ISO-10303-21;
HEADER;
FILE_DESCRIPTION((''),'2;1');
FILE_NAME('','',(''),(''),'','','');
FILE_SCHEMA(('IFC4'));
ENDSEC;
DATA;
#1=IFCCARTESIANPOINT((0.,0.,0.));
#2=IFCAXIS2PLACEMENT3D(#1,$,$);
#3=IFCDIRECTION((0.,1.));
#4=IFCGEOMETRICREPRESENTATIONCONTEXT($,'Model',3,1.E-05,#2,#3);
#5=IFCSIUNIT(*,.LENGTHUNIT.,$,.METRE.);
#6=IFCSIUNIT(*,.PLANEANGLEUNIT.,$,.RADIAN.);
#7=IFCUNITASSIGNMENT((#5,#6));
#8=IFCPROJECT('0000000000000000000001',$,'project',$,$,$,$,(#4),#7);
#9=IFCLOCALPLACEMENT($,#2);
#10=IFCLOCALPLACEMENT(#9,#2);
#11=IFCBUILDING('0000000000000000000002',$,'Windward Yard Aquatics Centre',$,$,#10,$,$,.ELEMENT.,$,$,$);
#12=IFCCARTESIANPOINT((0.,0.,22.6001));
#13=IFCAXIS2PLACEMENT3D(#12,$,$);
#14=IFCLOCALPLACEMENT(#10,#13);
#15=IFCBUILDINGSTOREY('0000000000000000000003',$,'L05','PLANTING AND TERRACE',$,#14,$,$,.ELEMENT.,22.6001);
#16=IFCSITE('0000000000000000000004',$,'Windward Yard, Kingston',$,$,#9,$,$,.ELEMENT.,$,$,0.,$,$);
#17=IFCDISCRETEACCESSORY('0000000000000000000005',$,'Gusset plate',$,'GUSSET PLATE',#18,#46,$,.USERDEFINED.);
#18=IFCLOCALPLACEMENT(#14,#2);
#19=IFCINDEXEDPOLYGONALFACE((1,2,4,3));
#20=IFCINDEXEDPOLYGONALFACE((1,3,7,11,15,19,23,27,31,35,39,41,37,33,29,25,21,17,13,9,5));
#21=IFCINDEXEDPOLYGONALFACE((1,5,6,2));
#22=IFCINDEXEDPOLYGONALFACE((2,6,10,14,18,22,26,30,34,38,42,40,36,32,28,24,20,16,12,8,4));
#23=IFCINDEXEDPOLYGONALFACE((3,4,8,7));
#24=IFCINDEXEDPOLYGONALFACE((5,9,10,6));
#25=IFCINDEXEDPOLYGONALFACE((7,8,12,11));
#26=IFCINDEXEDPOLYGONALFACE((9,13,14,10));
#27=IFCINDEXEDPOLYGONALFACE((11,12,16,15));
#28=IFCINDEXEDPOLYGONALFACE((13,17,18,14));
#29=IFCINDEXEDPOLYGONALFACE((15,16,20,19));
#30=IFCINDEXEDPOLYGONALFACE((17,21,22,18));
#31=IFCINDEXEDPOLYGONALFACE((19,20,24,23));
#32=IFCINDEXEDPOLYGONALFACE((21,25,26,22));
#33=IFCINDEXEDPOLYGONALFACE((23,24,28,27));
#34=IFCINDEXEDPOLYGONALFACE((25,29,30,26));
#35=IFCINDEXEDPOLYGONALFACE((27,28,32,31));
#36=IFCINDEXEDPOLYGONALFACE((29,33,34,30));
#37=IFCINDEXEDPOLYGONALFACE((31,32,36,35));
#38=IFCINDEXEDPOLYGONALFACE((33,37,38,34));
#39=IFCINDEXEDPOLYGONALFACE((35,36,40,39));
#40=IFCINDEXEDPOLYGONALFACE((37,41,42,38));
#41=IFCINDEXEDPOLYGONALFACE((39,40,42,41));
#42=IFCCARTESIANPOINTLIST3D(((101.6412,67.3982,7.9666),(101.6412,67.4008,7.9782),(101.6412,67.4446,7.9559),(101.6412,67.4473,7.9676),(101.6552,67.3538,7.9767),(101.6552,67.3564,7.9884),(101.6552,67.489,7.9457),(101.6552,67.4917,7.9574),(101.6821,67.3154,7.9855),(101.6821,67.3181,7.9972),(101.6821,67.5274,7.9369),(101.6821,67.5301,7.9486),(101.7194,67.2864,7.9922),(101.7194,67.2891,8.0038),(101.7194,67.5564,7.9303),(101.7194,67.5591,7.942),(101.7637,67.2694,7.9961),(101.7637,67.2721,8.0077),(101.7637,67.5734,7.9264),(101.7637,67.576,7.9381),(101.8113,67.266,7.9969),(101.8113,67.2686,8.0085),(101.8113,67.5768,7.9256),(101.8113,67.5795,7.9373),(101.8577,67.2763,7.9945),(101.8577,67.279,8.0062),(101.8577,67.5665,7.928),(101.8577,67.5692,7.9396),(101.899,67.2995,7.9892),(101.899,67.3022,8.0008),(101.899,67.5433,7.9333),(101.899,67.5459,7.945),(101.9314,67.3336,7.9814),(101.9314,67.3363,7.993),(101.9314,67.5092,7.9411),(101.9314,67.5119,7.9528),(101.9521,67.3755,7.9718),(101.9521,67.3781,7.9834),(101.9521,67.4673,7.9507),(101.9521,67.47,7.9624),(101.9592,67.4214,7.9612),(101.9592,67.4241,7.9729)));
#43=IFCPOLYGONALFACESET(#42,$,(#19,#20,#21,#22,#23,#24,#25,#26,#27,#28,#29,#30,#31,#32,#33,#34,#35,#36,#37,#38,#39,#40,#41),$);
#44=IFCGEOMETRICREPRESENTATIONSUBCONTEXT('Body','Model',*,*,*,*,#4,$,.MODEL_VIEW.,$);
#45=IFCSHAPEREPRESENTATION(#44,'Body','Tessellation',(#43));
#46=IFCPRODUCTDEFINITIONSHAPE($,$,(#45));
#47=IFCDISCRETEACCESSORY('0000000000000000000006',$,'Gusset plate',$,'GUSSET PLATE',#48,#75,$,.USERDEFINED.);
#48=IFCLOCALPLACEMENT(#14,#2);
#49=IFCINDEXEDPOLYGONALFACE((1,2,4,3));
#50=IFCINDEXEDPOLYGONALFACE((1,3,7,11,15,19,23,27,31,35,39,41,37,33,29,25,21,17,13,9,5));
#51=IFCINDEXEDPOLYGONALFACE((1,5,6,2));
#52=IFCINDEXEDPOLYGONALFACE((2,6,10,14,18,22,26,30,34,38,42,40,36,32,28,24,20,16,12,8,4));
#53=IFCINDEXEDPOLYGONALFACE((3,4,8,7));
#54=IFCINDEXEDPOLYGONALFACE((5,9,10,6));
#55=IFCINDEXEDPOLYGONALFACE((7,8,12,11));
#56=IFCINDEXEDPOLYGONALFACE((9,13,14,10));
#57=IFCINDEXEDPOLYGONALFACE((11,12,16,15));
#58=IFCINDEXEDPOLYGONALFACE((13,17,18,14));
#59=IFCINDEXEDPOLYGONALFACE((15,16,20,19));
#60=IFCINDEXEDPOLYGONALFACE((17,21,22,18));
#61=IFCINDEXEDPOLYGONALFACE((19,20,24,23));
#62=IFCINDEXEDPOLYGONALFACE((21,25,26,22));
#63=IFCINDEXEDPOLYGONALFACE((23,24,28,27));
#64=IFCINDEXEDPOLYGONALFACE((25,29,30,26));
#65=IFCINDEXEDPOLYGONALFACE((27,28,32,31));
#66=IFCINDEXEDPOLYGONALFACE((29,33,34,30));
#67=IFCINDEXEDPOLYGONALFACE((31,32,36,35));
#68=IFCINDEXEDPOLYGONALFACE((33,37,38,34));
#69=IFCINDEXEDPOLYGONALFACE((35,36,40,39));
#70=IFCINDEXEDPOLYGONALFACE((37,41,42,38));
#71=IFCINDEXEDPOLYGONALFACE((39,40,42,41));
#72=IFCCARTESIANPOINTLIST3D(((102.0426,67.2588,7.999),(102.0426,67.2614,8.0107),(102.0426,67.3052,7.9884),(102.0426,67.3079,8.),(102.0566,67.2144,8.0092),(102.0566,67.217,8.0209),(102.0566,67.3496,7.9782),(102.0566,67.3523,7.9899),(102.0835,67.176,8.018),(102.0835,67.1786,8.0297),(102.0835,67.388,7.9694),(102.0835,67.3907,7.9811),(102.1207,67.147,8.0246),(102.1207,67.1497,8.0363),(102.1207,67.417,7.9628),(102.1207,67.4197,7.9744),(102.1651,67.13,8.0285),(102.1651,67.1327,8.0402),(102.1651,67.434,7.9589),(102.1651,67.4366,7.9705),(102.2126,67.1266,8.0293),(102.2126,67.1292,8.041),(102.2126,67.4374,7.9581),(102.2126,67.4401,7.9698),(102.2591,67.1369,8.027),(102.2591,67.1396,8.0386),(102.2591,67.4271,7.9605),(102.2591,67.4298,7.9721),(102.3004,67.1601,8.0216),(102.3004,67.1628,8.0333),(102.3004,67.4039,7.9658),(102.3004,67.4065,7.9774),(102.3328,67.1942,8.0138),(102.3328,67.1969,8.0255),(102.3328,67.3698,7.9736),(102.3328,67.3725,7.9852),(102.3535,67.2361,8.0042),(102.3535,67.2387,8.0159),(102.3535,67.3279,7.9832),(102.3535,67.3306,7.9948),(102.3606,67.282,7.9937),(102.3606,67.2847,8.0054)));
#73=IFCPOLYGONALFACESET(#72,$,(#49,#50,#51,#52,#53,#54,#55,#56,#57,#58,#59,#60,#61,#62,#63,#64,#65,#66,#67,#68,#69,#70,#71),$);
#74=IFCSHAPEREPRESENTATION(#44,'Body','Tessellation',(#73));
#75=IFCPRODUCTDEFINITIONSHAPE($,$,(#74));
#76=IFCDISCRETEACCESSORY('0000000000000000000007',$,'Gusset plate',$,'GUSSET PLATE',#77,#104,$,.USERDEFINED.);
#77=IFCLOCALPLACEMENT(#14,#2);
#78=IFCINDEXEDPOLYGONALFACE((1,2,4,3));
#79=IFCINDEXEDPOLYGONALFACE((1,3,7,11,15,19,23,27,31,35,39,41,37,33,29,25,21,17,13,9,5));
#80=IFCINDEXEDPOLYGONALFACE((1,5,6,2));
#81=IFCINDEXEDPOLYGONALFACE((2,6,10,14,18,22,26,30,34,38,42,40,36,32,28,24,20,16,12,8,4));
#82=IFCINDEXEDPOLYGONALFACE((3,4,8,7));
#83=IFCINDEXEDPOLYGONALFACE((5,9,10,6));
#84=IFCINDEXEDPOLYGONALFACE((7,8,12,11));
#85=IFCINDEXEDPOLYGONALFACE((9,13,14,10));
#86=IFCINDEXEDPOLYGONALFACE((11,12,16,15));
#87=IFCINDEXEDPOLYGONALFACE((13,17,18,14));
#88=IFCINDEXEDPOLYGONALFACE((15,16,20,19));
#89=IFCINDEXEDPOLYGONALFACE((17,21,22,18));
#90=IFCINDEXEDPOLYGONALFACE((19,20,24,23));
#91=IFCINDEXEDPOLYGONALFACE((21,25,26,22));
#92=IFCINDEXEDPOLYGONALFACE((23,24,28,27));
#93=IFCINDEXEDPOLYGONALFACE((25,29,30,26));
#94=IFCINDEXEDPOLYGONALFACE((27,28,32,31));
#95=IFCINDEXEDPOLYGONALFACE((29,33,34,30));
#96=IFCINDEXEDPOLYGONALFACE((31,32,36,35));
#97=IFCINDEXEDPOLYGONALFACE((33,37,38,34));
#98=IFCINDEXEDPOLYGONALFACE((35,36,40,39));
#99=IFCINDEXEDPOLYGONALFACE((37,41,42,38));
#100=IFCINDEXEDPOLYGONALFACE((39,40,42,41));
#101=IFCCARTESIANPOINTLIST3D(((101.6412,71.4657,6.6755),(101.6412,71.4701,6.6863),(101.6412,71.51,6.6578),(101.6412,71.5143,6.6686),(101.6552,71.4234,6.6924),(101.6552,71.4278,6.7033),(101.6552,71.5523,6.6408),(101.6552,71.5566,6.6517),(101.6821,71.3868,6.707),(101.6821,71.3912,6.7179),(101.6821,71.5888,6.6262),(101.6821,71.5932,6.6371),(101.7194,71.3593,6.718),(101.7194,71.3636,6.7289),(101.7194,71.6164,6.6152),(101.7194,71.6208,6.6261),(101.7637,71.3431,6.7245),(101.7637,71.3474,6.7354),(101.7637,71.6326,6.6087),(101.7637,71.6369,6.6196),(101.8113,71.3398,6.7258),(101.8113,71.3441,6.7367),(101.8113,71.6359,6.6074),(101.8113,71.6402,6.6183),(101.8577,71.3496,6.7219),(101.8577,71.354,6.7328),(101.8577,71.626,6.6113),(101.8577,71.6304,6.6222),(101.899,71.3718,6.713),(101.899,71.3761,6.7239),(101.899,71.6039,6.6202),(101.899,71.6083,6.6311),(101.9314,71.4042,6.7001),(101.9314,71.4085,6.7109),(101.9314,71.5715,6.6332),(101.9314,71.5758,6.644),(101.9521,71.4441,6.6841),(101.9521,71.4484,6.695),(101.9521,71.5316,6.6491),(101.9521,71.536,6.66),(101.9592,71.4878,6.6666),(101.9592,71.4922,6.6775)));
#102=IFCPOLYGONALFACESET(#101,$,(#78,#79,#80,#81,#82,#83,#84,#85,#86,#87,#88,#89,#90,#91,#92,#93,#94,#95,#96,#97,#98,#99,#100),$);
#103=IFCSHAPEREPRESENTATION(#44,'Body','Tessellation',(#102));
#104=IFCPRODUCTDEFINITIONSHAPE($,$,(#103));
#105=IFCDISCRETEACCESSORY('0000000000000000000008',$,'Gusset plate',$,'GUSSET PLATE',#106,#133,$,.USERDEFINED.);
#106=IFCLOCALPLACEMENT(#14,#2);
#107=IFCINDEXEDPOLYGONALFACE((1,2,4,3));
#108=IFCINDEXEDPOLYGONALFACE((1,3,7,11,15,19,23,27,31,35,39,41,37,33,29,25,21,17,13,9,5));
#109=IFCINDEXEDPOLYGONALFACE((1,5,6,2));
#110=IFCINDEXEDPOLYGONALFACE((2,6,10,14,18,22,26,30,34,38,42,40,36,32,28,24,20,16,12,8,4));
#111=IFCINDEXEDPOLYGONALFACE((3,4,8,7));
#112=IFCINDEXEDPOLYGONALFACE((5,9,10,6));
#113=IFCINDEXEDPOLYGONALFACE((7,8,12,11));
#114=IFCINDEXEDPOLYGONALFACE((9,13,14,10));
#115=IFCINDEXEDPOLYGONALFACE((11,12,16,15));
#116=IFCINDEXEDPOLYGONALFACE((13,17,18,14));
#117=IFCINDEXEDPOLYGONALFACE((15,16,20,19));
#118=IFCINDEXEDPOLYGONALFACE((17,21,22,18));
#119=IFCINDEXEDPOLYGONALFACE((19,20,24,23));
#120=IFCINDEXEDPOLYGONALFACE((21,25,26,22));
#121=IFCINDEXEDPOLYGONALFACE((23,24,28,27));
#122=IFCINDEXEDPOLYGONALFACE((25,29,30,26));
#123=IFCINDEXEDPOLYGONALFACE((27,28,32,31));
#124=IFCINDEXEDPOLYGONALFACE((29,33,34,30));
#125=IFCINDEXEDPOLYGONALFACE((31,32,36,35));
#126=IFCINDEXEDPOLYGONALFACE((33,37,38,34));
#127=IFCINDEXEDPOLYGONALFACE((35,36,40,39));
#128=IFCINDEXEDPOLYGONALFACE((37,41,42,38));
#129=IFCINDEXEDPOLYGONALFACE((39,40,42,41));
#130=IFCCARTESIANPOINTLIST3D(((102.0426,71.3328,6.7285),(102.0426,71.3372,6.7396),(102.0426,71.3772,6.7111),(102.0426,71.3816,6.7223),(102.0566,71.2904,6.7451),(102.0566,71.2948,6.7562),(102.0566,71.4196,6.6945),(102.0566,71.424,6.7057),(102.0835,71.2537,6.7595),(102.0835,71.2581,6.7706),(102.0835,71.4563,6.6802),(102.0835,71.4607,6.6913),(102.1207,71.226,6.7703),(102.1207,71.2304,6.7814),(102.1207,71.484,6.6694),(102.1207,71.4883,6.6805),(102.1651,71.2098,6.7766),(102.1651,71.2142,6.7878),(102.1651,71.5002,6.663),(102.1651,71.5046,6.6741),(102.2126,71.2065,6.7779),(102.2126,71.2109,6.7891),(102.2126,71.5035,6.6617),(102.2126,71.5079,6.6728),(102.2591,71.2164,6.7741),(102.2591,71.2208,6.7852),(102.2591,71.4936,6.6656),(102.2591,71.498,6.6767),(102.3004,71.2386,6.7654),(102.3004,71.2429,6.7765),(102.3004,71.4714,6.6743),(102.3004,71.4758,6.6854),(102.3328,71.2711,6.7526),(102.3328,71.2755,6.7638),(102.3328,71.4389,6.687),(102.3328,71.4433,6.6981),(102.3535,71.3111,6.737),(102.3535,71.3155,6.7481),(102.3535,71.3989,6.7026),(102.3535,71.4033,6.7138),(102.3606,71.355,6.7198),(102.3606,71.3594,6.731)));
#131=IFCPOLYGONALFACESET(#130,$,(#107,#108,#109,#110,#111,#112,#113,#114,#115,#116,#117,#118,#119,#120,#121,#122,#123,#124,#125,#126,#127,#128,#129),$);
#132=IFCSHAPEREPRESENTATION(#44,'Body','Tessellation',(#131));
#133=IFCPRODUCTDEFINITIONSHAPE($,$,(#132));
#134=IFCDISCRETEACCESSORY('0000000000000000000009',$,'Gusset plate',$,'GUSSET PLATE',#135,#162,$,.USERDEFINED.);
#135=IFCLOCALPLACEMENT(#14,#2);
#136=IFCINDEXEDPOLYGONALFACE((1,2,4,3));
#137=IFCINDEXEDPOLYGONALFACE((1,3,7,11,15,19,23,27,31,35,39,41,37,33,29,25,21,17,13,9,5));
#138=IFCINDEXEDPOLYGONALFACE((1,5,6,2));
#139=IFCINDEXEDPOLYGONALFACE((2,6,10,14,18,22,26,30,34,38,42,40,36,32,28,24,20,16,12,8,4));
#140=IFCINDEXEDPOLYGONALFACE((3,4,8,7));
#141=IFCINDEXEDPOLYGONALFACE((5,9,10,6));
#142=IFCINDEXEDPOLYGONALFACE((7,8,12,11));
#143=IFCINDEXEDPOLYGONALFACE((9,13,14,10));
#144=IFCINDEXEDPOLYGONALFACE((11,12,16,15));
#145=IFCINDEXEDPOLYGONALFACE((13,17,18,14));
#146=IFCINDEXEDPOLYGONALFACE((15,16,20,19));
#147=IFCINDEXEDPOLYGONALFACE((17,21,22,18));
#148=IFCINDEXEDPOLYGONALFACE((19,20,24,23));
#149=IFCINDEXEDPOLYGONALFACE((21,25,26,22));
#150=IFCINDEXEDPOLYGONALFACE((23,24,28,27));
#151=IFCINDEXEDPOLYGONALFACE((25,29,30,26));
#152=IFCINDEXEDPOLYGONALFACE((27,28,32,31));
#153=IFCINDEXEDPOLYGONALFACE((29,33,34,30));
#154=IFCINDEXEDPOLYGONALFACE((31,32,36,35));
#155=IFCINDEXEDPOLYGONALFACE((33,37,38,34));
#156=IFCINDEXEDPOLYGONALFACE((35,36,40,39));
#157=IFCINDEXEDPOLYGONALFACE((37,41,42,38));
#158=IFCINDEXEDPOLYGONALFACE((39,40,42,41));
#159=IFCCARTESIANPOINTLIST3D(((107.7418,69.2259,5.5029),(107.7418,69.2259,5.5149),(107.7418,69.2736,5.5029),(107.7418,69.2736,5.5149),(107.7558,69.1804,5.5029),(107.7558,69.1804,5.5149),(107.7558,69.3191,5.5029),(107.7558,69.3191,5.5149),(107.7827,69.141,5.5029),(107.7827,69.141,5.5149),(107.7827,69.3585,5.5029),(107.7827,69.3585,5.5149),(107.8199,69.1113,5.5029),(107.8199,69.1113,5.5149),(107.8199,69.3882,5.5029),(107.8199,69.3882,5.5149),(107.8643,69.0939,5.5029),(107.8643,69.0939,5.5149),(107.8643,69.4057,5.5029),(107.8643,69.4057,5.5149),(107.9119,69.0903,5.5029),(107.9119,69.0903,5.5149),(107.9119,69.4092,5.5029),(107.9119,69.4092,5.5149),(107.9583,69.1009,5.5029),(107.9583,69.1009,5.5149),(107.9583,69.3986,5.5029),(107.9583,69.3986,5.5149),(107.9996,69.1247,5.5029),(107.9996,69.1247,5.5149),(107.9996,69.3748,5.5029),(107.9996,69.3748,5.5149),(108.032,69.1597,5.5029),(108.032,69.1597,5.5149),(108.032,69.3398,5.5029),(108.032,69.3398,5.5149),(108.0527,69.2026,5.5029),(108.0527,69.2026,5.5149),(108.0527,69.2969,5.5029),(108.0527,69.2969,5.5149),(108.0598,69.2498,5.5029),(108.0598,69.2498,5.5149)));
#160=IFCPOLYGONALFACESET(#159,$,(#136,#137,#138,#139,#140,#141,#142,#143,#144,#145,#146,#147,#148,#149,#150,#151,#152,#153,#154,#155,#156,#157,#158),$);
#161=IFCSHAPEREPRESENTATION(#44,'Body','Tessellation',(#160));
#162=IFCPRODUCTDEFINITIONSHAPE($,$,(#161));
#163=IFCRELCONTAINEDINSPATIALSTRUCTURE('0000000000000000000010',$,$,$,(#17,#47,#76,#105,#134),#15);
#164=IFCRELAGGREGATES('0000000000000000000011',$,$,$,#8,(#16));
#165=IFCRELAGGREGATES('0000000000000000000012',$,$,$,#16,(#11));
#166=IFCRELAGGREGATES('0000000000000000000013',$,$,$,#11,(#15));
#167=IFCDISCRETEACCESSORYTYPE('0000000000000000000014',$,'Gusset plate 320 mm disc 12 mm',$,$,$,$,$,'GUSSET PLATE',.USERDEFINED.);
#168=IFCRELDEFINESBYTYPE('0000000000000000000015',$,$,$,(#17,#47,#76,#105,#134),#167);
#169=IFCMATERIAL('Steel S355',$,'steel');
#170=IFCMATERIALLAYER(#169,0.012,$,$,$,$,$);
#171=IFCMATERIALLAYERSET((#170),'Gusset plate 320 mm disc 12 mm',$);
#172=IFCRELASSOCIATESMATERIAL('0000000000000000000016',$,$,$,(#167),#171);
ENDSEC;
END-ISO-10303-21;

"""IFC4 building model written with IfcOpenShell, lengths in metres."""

from ifc_helpers import new_model, si_unit, direction, frame, origin, origin_2d, place, context, subcontext, project, spatial, circle, extrude, material, layer, layer_set, type_object, element, save


model = new_model("IFC4")

# Units and contexts
model_context = context("Model", 3, precision=1e-05, world=origin(), true_north=direction((0.0, 1.0)))
body_context = subcontext(model_context, "Body", "Model", "MODEL_VIEW")
ifc_project = project(units=[si_unit("LENGTHUNIT", "METRE"), si_unit("PLANEANGLEUNIT", "RADIAN")], contexts=[model_context])

# Site, building, storey
site_placement = place(None, origin())
site = spatial("IfcSite", under=ifc_project, at=site_placement, Name="Windward Yard, Kingston", CompositionType="ELEMENT", RefElevation=0.0)
building_placement = place(site_placement, origin())
building = spatial("IfcBuilding", under=site, at=building_placement, Name="Windward Yard Aquatics Centre", CompositionType="ELEMENT")
storey_placement = place(building_placement, frame((0.0, 0.0, 22.6001)))
storey = spatial("IfcBuildingStorey", under=building, at=storey_placement, Name="L05", Description="PLANTING AND TERRACE", CompositionType="ELEMENT", Elevation=22.6001)

# Discrete accessories
ifc_material_1 = material(Name="Steel S355", Category="steel")
ifc_layer_1 = layer(ifc_material_1, 0.012)
ifc_layer_set_1 = layer_set([ifc_layer_1], Name="Gusset plate 320 mm disc 12 mm")
discrete_accessory_type_1 = type_object("IfcDiscreteAccessoryType", Name="Gusset plate 320 mm disc 12 mm", ElementType="GUSSET PLATE", PredefinedType="USERDEFINED", material=ifc_layer_set_1)
for number, where, z_axis, x_axis, name in (
    (1, (101.7993, 67.4241, 7.9729), (0.0, -0.223376, -0.974732), (1.0, 0.0, 0.0), "Gusset plate"),
    (2, (102.2007, 67.2847, 8.0054), (0.0, -0.223376, -0.974732), (1.0, 0.0, 0.0), "Gusset plate"),
):
    element("IfcDiscreteAccessory", number, at=place(storey_placement, frame(where, z_axis=z_axis, x_axis=x_axis)), inside=storey, type_object=discrete_accessory_type_1, Name=name, ObjectType="GUSSET PLATE", PredefinedType="USERDEFINED", context=body_context, shape_type="SweptSolid", body=[
        extrude(circle(Radius=0.1599, at=origin_2d()), origin(), (0.0, 0.0, 1.0), 0.012),
    ])
discrete_accessory_1_placement = place(storey_placement, frame((101.7993, 71.4922, 6.6775), z_axis=(0.0, -0.371391, -0.928477), x_axis=(1.0, 0.0, 0.0)))
element("IfcDiscreteAccessory", 3, at=discrete_accessory_1_placement, inside=storey, type_object=discrete_accessory_type_1, Name="Gusset plate", ObjectType="GUSSET PLATE", PredefinedType="USERDEFINED", context=body_context, shape_type="SweptSolid", body=[
    extrude(circle(Radius=0.1599, at=origin_2d()), origin(), (0.0, 0.0, 1.0), 0.0117),
])
for number, where, z_axis, x_axis, name in (
    (4, (102.2007, 71.3594, 6.731), (0.0, -0.364399, -0.931243), (1.0, 0.0, 0.0), "Gusset plate"),
    (5, (107.8999, 69.2498, 5.5029), (0.0, 0.0, 1.0), (1.0, 0.0, 0.0), "Gusset plate"),
):
    element("IfcDiscreteAccessory", number, at=place(storey_placement, frame(where, z_axis=z_axis, x_axis=x_axis)), inside=storey, type_object=discrete_accessory_type_1, Name=name, ObjectType="GUSSET PLATE", PredefinedType="USERDEFINED", context=body_context, shape_type="SweptSolid", body=[
        extrude(circle(Radius=0.1599, at=origin_2d()), origin(), (0.0, 0.0, 1.0), 0.012),
    ])

save(model, "model.ifc")
